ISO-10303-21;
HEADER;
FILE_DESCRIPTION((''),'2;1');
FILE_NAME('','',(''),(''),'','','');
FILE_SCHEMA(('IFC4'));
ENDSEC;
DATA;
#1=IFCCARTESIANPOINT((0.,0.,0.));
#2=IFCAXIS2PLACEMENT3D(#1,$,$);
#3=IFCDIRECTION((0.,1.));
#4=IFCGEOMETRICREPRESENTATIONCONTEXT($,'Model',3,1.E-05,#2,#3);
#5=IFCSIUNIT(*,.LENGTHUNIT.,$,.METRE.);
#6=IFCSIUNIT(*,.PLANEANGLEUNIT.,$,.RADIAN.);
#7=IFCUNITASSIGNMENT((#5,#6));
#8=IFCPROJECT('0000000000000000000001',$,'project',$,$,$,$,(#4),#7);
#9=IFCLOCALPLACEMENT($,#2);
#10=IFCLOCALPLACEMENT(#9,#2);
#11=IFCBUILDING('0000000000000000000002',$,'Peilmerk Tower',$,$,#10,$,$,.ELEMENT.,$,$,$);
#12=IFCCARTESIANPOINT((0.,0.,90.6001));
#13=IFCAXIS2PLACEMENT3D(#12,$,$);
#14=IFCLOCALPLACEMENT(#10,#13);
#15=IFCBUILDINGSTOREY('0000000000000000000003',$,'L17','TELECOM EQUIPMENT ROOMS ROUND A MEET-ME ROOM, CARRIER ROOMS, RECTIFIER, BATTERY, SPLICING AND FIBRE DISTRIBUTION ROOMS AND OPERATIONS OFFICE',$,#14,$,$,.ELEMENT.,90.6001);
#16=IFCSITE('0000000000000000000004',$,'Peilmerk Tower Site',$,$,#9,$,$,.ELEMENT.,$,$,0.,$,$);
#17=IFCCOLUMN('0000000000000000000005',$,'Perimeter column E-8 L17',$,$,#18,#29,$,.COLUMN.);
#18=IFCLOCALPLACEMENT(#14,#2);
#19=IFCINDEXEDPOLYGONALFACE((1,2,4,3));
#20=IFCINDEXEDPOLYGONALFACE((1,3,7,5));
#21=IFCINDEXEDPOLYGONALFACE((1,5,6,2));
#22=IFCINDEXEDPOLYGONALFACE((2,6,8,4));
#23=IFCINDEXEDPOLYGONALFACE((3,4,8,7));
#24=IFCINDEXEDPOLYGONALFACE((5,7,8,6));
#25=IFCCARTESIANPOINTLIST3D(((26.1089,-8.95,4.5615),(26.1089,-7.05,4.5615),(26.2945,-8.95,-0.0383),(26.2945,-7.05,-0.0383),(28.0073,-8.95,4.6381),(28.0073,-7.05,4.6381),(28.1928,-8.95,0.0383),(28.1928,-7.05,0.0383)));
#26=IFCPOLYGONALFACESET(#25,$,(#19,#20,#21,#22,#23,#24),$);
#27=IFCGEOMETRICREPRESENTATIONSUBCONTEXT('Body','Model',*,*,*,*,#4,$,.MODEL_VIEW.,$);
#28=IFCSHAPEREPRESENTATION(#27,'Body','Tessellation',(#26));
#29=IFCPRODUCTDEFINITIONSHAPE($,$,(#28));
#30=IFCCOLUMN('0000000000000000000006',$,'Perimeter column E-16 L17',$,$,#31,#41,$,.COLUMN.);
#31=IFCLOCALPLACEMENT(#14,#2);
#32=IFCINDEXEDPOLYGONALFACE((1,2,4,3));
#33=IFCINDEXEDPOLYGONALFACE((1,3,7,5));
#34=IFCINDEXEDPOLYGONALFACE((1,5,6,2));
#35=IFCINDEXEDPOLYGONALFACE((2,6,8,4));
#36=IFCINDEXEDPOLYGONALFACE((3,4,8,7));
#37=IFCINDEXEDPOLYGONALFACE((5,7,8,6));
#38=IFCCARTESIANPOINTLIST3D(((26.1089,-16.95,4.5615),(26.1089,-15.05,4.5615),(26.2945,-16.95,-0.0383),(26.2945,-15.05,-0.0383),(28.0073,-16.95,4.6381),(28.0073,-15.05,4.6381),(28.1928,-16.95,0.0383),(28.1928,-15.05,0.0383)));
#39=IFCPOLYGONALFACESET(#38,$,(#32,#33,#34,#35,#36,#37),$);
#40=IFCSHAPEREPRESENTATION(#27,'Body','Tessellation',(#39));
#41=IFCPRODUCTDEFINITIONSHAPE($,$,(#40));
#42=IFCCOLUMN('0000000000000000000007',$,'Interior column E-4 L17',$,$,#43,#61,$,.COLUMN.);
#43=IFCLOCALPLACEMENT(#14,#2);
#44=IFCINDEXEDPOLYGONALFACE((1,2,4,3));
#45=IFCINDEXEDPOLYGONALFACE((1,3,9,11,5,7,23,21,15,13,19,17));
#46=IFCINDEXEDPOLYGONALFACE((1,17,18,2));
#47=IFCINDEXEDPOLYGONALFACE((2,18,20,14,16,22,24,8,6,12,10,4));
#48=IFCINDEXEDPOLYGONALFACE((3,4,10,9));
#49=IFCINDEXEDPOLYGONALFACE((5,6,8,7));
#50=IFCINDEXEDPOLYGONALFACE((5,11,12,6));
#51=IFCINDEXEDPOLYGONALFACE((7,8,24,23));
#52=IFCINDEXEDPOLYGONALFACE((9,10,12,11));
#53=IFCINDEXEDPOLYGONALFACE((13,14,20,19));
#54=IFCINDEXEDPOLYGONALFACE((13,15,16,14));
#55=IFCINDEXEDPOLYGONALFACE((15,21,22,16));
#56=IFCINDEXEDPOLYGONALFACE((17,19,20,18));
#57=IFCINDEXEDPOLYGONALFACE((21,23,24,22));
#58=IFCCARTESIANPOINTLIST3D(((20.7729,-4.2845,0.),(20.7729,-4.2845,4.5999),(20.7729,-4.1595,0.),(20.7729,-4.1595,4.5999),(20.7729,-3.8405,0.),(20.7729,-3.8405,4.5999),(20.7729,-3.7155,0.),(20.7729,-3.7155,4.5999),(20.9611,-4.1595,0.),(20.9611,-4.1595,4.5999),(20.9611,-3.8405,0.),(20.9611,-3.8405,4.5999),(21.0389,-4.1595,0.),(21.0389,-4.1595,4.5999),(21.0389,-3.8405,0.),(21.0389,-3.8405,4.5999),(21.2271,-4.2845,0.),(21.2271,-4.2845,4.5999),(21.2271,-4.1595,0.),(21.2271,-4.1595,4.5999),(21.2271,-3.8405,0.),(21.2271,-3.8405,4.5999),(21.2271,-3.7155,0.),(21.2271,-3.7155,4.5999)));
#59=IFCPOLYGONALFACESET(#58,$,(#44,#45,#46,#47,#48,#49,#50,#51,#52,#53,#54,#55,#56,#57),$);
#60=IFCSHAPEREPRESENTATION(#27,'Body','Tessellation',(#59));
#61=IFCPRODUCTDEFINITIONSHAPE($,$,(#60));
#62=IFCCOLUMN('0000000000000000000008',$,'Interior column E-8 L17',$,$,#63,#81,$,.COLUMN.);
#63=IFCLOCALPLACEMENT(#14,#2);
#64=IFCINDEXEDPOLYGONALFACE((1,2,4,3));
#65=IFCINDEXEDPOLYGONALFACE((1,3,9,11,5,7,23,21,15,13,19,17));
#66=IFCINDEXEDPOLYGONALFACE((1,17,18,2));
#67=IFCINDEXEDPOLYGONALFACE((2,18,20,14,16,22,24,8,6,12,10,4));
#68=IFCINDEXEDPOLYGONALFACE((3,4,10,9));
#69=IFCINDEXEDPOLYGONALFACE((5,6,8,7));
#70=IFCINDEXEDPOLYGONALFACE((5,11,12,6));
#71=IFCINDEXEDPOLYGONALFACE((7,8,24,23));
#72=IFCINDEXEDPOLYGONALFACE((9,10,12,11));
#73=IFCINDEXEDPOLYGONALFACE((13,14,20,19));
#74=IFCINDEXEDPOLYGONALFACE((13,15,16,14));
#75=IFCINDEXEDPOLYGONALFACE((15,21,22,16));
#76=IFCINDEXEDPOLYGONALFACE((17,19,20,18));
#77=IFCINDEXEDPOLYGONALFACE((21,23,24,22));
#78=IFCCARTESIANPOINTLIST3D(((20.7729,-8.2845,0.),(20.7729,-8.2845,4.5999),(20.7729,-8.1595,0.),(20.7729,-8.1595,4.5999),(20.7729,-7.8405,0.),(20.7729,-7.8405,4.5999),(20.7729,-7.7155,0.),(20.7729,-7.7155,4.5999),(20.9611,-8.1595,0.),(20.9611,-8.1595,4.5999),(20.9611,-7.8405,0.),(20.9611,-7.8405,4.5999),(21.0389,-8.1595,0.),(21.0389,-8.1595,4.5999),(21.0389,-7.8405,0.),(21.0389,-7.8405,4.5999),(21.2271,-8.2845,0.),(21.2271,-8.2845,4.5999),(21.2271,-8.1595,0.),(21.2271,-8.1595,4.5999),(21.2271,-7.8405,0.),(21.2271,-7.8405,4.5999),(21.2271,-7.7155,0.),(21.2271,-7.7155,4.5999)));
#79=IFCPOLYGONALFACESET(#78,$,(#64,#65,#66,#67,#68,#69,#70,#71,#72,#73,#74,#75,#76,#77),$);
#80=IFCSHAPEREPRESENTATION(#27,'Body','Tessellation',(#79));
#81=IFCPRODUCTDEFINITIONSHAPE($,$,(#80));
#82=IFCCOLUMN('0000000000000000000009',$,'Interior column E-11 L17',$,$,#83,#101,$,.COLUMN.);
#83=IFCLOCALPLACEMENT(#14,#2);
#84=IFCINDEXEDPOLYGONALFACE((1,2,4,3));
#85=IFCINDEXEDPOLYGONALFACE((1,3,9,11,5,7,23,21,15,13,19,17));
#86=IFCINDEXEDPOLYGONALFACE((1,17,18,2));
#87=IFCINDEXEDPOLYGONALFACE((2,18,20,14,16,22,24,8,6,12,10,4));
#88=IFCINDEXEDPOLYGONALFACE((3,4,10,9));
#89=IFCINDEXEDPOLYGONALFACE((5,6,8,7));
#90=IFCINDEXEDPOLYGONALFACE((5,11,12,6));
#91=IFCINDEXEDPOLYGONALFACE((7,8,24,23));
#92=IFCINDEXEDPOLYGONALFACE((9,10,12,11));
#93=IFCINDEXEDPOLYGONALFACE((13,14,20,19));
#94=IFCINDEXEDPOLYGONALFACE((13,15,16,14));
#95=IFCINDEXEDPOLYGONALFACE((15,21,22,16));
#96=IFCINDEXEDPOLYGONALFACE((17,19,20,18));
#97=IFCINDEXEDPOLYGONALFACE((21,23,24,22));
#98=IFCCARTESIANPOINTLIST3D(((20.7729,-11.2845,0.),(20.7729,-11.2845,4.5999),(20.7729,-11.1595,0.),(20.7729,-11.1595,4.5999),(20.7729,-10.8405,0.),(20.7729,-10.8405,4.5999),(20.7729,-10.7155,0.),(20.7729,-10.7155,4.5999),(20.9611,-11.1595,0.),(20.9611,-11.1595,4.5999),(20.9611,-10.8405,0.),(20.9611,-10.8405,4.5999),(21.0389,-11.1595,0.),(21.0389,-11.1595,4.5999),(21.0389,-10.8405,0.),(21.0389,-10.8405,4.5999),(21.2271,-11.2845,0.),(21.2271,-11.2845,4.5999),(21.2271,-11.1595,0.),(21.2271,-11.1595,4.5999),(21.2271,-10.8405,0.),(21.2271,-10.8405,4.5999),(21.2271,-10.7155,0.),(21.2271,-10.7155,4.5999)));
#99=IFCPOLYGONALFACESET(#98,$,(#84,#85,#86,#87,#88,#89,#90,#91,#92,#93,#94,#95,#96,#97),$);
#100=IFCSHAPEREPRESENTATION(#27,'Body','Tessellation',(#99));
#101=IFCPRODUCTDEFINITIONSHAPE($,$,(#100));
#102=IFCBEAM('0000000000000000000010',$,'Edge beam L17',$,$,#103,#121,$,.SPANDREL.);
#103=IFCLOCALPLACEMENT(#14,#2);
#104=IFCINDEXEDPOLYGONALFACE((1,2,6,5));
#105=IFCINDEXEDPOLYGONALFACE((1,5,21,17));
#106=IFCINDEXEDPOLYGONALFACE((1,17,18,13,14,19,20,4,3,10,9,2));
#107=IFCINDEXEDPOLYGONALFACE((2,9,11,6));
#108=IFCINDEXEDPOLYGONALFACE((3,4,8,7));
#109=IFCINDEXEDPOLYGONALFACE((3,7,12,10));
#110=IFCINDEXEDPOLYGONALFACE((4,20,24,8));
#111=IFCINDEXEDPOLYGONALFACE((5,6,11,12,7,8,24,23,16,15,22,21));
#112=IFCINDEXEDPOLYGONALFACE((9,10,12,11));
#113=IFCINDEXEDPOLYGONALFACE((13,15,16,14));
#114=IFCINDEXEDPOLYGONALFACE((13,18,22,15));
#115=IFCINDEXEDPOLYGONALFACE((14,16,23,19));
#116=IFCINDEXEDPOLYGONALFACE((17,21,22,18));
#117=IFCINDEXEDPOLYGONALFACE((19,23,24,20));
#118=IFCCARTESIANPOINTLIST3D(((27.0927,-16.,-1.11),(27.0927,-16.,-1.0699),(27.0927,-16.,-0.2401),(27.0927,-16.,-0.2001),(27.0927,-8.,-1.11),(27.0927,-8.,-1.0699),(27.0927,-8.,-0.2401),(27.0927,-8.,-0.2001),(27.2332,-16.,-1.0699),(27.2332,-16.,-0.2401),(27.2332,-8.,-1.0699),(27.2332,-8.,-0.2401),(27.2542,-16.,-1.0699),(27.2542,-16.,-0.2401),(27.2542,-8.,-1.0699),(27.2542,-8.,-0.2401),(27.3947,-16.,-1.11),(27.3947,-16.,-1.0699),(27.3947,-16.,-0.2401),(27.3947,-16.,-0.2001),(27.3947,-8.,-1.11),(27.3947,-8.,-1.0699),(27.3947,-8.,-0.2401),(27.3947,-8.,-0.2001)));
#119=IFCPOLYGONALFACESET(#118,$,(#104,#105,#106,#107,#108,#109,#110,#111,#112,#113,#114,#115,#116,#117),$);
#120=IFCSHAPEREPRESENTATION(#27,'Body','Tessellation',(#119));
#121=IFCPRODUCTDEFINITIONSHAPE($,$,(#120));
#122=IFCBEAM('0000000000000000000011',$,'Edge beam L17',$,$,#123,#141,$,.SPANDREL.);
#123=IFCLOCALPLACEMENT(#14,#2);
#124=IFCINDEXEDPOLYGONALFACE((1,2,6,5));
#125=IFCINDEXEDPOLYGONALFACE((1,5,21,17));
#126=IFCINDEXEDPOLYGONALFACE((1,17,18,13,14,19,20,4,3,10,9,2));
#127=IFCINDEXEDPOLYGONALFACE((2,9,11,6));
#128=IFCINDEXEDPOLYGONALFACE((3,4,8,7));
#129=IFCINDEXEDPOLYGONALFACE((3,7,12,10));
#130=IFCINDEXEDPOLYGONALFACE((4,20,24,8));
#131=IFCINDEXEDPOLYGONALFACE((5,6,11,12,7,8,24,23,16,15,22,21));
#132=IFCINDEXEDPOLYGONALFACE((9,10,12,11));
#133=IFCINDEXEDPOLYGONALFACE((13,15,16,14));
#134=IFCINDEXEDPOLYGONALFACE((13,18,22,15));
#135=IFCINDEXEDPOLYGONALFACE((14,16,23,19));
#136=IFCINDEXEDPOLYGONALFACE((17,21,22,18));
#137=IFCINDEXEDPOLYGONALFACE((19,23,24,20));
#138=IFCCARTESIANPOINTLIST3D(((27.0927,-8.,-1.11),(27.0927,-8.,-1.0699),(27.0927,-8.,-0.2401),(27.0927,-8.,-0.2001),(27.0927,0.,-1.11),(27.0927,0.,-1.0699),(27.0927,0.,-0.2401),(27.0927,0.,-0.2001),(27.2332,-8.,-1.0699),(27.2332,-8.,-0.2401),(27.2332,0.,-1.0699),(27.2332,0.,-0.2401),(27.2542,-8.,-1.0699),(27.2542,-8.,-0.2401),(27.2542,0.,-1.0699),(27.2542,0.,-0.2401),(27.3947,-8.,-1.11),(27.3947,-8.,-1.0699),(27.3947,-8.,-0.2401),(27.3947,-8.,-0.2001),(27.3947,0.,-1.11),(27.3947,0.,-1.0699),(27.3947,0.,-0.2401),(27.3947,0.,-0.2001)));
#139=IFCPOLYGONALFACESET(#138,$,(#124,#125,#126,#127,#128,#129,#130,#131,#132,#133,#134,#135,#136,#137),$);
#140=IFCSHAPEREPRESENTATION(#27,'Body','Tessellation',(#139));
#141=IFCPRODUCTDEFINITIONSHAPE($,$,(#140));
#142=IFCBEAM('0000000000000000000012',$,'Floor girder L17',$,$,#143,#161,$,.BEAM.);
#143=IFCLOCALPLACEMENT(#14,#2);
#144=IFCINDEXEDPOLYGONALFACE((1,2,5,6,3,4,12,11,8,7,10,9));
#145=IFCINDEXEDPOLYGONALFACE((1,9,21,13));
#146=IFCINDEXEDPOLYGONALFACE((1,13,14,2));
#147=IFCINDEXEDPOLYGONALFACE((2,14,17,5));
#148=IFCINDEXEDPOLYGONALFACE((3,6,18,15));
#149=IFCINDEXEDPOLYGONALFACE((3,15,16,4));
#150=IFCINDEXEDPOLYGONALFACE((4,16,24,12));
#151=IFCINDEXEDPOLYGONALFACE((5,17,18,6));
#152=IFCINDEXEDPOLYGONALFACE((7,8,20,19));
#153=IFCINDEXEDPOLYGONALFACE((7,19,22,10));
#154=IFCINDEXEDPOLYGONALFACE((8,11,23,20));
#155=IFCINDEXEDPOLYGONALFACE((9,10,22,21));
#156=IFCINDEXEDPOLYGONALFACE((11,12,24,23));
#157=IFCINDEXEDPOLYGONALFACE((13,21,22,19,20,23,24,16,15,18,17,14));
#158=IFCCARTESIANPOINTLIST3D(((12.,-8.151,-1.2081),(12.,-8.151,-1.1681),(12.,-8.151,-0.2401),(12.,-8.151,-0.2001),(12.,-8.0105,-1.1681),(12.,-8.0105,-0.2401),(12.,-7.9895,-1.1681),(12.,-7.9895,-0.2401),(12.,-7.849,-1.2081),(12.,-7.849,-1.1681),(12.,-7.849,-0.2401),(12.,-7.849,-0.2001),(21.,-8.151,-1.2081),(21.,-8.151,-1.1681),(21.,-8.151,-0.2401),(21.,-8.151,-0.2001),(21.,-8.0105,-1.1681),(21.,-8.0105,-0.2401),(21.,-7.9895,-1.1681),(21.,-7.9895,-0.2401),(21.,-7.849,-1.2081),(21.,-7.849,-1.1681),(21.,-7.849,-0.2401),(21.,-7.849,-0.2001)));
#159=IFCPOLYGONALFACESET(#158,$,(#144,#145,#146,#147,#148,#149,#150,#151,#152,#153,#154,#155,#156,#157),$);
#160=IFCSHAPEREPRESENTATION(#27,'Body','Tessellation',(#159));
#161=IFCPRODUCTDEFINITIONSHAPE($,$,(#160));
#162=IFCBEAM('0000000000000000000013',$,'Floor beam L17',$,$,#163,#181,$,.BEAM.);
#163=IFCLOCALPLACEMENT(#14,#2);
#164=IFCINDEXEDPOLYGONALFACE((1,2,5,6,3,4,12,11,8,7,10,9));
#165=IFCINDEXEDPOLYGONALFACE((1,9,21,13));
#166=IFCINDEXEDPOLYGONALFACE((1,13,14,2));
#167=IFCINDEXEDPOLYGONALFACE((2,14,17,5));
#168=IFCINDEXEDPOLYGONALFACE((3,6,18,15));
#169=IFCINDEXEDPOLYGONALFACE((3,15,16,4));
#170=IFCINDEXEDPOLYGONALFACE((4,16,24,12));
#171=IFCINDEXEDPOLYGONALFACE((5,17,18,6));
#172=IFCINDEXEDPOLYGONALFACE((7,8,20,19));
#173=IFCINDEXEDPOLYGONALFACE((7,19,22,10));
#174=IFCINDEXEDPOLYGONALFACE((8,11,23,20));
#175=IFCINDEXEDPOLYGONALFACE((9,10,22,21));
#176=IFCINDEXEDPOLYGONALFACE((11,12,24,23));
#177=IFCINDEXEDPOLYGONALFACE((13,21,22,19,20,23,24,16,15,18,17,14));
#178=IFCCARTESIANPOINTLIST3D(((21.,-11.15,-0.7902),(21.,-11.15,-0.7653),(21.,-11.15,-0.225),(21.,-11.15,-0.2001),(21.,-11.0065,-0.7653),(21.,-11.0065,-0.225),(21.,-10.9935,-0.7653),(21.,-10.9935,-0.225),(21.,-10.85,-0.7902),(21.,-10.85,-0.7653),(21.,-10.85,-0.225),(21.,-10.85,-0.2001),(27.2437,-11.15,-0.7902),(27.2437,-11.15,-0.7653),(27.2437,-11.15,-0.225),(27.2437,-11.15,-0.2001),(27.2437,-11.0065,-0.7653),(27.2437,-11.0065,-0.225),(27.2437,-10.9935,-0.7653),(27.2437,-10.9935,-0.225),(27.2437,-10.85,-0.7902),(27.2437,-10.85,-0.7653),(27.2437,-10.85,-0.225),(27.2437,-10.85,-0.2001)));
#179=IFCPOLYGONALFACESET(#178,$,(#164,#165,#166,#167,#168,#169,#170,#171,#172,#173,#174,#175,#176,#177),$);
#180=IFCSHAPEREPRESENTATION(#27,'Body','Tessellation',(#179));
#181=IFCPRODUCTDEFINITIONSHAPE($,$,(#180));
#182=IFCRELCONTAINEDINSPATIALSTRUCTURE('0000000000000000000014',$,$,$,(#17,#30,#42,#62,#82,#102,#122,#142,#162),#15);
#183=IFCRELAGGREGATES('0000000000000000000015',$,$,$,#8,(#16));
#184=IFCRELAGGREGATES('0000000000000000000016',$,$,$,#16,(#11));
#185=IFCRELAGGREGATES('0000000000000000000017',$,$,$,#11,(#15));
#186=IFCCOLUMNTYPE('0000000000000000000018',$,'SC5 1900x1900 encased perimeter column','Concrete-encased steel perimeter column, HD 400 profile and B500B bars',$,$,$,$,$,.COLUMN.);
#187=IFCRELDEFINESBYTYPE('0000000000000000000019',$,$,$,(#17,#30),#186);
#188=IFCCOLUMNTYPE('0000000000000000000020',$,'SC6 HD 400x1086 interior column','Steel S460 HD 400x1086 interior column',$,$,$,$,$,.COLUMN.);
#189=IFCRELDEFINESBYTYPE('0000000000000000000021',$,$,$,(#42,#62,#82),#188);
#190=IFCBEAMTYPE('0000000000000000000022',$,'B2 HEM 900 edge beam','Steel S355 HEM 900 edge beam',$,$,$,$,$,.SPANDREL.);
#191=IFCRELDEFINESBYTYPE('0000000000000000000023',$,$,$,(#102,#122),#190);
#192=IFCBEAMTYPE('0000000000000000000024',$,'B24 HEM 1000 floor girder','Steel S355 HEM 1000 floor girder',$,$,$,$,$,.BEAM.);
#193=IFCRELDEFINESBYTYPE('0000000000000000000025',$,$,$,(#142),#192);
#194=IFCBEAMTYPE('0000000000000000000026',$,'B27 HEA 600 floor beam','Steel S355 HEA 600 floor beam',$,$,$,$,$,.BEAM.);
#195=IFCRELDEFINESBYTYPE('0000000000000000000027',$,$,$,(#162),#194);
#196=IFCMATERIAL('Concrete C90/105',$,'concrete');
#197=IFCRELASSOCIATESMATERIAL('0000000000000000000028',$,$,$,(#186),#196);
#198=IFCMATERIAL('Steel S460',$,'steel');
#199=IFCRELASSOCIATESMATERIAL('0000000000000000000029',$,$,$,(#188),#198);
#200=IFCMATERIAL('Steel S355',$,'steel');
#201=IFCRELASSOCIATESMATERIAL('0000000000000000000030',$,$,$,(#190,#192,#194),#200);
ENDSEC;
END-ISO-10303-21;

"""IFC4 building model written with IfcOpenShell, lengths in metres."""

from ifc_helpers import new_model, si_unit, direction, frame, origin, origin_2d, place, context, subcontext, project, spatial, rectangle, i_section, extrude, material, material_profile, profile_set, type_object, element, save


model = new_model("IFC4")

# Units and contexts
model_context = context("Model", 3, precision=1e-05, world=origin(), true_north=direction((0.0, 1.0)))
body_context = subcontext(model_context, "Body", "Model", "MODEL_VIEW")
ifc_project = project(units=[si_unit("LENGTHUNIT", "METRE"), si_unit("PLANEANGLEUNIT", "RADIAN")], contexts=[model_context])

# Site, building, storey
site_placement = place(None, origin())
site = spatial("IfcSite", under=ifc_project, at=site_placement, Name="Peilmerk Tower Site", CompositionType="ELEMENT", RefElevation=0.0)
building_placement = place(site_placement, origin())
building = spatial("IfcBuilding", under=site, at=building_placement, Name="Peilmerk Tower", CompositionType="ELEMENT")
storey_placement = place(building_placement, frame((0.0, 0.0, 90.6001)))
storey = spatial("IfcBuildingStorey", under=building, at=storey_placement, Name="L17", Description="TELECOM EQUIPMENT ROOMS ROUND A MEET-ME ROOM, CARRIER ROOMS, RECTIFIER, BATTERY, SPLICING AND FIBRE DISTRIBUTION ROOMS AND OPERATIONS OFFICE", CompositionType="ELEMENT", Elevation=90.6001)

# Columns
ifc_material_1 = material(Name="Concrete C90/105", Category="concrete")
ifc_material_profile_1 = material_profile(ifc_material_1, rectangle(XDim=1.8999, YDim=1.8999, at=origin_2d()), Name="RC 1900x1900")
ifc_profile_set_1 = profile_set([ifc_material_profile_1], Name="Concrete C90/105")
column_type_1 = type_object("IfcColumnType", Name="SC5 1900x1900 encased perimeter column", Description="Concrete-encased steel perimeter column, HD 400 profile and B500B bars", PredefinedType="COLUMN", material=ifc_profile_set_1)
for number, where, z_axis, x_axis, name in (
    (1, (27.2437, -8.0, 0.0), (-0.040305, 0.0, 0.999187), (0.0, -1.0, 0.0), "Perimeter column E-8 L17"),
    (2, (27.2437, -16.0, 0.0), (-0.040305, 0.0, 0.999187), (0.0, -1.0, 0.0), "Perimeter column E-16 L17"),
):
    element("IfcColumn", number, at=place(storey_placement, frame(where, z_axis=z_axis, x_axis=x_axis)), inside=storey, type_object=column_type_1, Name=name, PredefinedType="COLUMN", context=body_context, shape_type="SweptSolid", body=[
        extrude(rectangle(XDim=1.8999, YDim=1.8999, at=origin_2d()), origin(), (0.0, 0.0, 1.0), 4.6035),
    ])
ifc_material_2 = material(Name="Steel S460", Category="steel")
ifc_material_profile_2 = material_profile(ifc_material_2, i_section(OverallWidth=0.4541, OverallDepth=0.5691, WebThickness=0.0779, FlangeThickness=0.125, at=origin_2d()), Name="HD 400x1086")
ifc_profile_set_2 = profile_set([ifc_material_profile_2], Name="Steel S460")
column_type_2 = type_object("IfcColumnType", Name="SC6 HD 400x1086 interior column", Description="Steel S460 HD 400x1086 interior column", PredefinedType="COLUMN", material=ifc_profile_set_2)
for number, where, z_axis, x_axis, name in (
    (3, (21.0, -4.0, 0.0), (0.0, 0.0, 1.0), (1.0, 0.0, 0.0), "Interior column E-4 L17"),
    (4, (21.0, -8.0, 0.0), (0.0, 0.0, 1.0), (1.0, 0.0, 0.0), "Interior column E-8 L17"),
    (5, (21.0, -11.0, 0.0), (0.0, 0.0, 1.0), (1.0, 0.0, 0.0), "Interior column E-11 L17"),
):
    element("IfcColumn", number, at=place(storey_placement, frame(where, z_axis=z_axis, x_axis=x_axis)), inside=storey, type_object=column_type_2, Name=name, PredefinedType="COLUMN", context=body_context, shape_type="SweptSolid", body=[
        extrude(i_section(OverallWidth=0.4541, OverallDepth=0.5691, WebThickness=0.0779, FlangeThickness=0.125, at=origin_2d()), origin(), (0.0, 0.0, 1.0), 4.5999),
    ])

# Beams
ifc_material_3 = material(Name="Steel S355", Category="steel")
ifc_material_profile_3 = material_profile(ifc_material_3, i_section(OverallWidth=0.302, OverallDepth=0.9099, WebThickness=0.021, FlangeThickness=0.04, at=origin_2d()), Name="HEM 900")
ifc_profile_set_3 = profile_set([ifc_material_profile_3], Name="Steel S355")
beam_type_1 = type_object("IfcBeamType", Name="B2 HEM 900 edge beam", Description="Steel S355 HEM 900 edge beam", PredefinedType="SPANDREL", material=ifc_profile_set_3)
for number, where, z_axis, x_axis, name in (
    (6, (27.2437, -16.0, -0.655), (0.0, 1.0, 0.0), (-1.0, 0.0, 0.0), "Edge beam L17"),
    (7, (27.2437, -8.0, -0.655), (0.0, 1.0, 0.0), (-1.0, 0.0, 0.0), "Edge beam L17"),
):
    element("IfcBeam", number, at=place(storey_placement, frame(where, z_axis=z_axis, x_axis=x_axis)), inside=storey, type_object=beam_type_1, Name=name, PredefinedType="SPANDREL", context=body_context, shape_type="SweptSolid", body=[
        extrude(i_section(OverallWidth=0.302, OverallDepth=0.9099, WebThickness=0.021, FlangeThickness=0.04, at=origin_2d()), origin(), (0.0, 0.0, 1.0), 8.0),
    ])
ifc_material_profile_4 = material_profile(ifc_material_3, i_section(OverallWidth=0.302, OverallDepth=1.0081, WebThickness=0.021, FlangeThickness=0.04, at=origin_2d()), Name="HEM 1000")
ifc_profile_set_4 = profile_set([ifc_material_profile_4], Name="Steel S355")
beam_type_2 = type_object("IfcBeamType", Name="B24 HEM 1000 floor girder", Description="Steel S355 HEM 1000 floor girder", PredefinedType="BEAM", material=ifc_profile_set_4)
beam_1_placement = place(storey_placement, frame((12.0, -8.0, -0.7041), z_axis=(1.0, 0.0, 0.0), x_axis=(0.0, 1.0, 0.0)))
element("IfcBeam", 8, at=beam_1_placement, inside=storey, type_object=beam_type_2, Name="Floor girder L17", PredefinedType="BEAM", context=body_context, shape_type="SweptSolid", body=[
    extrude(i_section(OverallWidth=0.302, OverallDepth=1.0081, WebThickness=0.021, FlangeThickness=0.04, at=origin_2d()), origin(), (0.0, 0.0, 1.0), 9.0),
])
ifc_material_profile_5 = material_profile(ifc_material_3, i_section(OverallWidth=0.3, OverallDepth=0.5901, WebThickness=0.0129, FlangeThickness=0.0249, at=origin_2d()), Name="HEA 600")
ifc_profile_set_5 = profile_set([ifc_material_profile_5], Name="Steel S355")
beam_type_3 = type_object("IfcBeamType", Name="B27 HEA 600 floor beam", Description="Steel S355 HEA 600 floor beam", PredefinedType="BEAM", material=ifc_profile_set_5)
for number, where, z_axis, x_axis, name in (
    (9, (21.0, -11.0, -0.4951), (1.0, 0.0, 0.0), (0.0, 1.0, 0.0), "Floor beam L17"),
):
    element("IfcBeam", number, at=place(storey_placement, frame(where, z_axis=z_axis, x_axis=x_axis)), inside=storey, type_object=beam_type_3, Name=name, PredefinedType="BEAM", context=body_context, shape_type="SweptSolid", body=[
        extrude(i_section(OverallWidth=0.3, OverallDepth=0.5901, WebThickness=0.0129, FlangeThickness=0.0249, at=origin_2d()), origin(), (0.0, 0.0, 1.0), 6.2437),
    ])

save(model, "model.ifc")
